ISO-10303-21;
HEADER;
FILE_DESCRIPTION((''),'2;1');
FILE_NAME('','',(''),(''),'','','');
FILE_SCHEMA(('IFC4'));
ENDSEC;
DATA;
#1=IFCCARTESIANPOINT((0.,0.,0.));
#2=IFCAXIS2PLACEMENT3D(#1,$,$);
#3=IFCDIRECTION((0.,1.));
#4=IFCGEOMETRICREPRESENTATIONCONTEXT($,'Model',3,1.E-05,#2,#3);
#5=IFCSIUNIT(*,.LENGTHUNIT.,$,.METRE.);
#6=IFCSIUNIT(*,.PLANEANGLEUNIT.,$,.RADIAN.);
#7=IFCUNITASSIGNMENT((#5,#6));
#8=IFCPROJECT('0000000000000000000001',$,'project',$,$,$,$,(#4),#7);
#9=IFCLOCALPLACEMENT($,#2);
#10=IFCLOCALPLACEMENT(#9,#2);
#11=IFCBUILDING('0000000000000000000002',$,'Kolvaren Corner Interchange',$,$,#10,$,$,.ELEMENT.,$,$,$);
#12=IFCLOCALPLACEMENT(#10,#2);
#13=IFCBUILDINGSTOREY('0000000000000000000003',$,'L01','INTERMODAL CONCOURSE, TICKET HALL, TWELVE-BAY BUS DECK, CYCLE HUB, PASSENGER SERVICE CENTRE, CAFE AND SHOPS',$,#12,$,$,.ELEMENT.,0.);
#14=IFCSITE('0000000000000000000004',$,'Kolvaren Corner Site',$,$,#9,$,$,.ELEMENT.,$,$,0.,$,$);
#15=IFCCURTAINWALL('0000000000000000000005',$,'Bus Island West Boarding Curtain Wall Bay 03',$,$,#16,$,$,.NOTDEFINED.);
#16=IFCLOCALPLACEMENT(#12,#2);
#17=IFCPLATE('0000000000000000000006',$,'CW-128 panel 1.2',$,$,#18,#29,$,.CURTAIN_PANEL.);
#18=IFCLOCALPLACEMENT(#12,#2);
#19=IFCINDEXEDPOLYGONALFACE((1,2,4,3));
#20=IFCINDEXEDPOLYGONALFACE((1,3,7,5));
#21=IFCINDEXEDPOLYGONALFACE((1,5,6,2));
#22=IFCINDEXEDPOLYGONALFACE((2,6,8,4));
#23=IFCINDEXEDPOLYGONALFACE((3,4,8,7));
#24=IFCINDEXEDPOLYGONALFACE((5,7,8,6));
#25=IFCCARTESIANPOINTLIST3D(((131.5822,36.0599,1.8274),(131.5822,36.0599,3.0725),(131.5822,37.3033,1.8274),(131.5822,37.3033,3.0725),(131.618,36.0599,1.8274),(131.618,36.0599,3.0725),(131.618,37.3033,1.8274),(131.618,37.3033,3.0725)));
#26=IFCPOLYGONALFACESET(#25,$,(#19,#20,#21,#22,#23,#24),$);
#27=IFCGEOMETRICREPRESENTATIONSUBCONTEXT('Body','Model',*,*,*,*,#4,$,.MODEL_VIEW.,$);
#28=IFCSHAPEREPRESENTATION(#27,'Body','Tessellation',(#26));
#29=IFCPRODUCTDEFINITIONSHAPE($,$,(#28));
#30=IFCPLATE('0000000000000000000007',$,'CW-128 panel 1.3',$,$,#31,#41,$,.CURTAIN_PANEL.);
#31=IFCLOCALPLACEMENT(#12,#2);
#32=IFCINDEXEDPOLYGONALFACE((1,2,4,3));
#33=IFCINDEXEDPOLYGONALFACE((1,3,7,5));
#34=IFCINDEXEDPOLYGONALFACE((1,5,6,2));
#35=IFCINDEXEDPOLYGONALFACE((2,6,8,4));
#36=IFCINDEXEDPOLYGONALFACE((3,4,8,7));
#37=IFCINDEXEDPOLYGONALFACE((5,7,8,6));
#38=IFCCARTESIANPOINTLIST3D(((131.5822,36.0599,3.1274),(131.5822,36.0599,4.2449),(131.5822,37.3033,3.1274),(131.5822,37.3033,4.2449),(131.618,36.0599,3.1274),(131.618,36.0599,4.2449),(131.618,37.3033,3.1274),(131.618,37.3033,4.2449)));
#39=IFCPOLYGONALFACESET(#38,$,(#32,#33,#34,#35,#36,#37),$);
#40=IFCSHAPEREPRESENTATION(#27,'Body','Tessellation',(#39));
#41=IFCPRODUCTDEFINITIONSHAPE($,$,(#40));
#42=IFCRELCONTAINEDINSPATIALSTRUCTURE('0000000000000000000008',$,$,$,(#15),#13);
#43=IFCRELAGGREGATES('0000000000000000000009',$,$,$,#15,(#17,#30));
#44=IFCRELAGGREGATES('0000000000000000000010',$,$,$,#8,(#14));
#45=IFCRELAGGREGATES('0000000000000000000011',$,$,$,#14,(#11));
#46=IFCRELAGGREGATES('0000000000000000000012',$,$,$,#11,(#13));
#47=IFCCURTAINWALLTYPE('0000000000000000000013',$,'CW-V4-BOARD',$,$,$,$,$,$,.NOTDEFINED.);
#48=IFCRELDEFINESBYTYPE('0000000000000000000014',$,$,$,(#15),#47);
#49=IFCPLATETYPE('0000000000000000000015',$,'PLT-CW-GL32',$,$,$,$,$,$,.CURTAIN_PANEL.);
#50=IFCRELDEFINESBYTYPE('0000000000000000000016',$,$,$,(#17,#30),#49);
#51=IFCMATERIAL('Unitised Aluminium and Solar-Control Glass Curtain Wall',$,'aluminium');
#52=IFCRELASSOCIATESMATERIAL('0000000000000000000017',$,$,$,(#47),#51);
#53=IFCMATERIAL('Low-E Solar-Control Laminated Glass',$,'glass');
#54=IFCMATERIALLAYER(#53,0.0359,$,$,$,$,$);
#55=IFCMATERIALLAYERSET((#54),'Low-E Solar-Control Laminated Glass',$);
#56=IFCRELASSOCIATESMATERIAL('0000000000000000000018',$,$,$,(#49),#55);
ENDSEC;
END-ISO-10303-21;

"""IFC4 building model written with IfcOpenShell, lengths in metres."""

from ifc_helpers import new_model, si_unit, direction, frame, origin, origin_2d, place, context, subcontext, project, spatial, rectangle, extrude, material, layer, layer_set, type_object, element, aggregate, save


model = new_model("IFC4")

# Units and contexts
model_context = context("Model", 3, precision=1e-05, world=origin(), true_north=direction((0.0, 1.0)))
body_context = subcontext(model_context, "Body", "Model", "MODEL_VIEW")
ifc_project = project(units=[si_unit("LENGTHUNIT", "METRE"), si_unit("PLANEANGLEUNIT", "RADIAN")], contexts=[model_context])

# Site, building, storey
site_placement = place(None, origin())
site = spatial("IfcSite", under=ifc_project, at=site_placement, Name="Kolvaren Corner Site", CompositionType="ELEMENT", RefElevation=0.0)
building_placement = place(site_placement, origin())
building = spatial("IfcBuilding", under=site, at=building_placement, Name="Kolvaren Corner Interchange", CompositionType="ELEMENT")
storey_placement = place(building_placement, origin())
storey = spatial("IfcBuildingStorey", under=building, at=storey_placement, Name="L01", Description="INTERMODAL CONCOURSE, TICKET HALL, TWELVE-BAY BUS DECK, CYCLE HUB, PASSENGER SERVICE CENTRE, CAFE AND SHOPS", CompositionType="ELEMENT", Elevation=0.0)

# Shared definitions
ifc_material_1 = material(Name="Unitised Aluminium and Solar-Control Glass Curtain Wall", Category="aluminium")
curtain_wall_type = type_object("IfcCurtainWallType", Name="CW-V4-BOARD", PredefinedType="NOTDEFINED", material=ifc_material_1)

# Curtain wall
curtain_wall_1_placement = place(storey_placement, origin())
curtain_wall_1 = element("IfcCurtainWall", 1, at=curtain_wall_1_placement, inside=storey, type_object=curtain_wall_type, Name="Bus Island West Boarding Curtain Wall Bay 03", PredefinedType="NOTDEFINED")

# Plates
ifc_material_2 = material(Name="Low-E Solar-Control Laminated Glass", Category="glass")
ifc_layer = layer(ifc_material_2, 0.0359)
ifc_layer_set = layer_set([ifc_layer], Name="Low-E Solar-Control Laminated Glass")
plate_type = type_object("IfcPlateType", Name="PLT-CW-GL32", PredefinedType="CURTAIN_PANEL", material=ifc_layer_set)
plate_1_placement = place(storey_placement, frame((131.6001, 36.6816, 1.8274), z_axis=(0.0, 0.0, 1.0), x_axis=(0.0, 1.0, 0.0)))
plate_1 = element("IfcPlate", 2, at=plate_1_placement, type_object=plate_type, Name="CW-128 panel 1.2", PredefinedType="CURTAIN_PANEL", context=body_context, shape_type="SweptSolid", body=[
    extrude(rectangle(XDim=1.2434, YDim=0.0359, at=origin_2d()), origin(), (0.0, 0.0, 1.0), 1.2451),
])
plate_2_placement = place(storey_placement, frame((131.6001, 36.6816, 3.1274), z_axis=(0.0, 0.0, 1.0), x_axis=(0.0, 1.0, 0.0)))
plate_2 = element("IfcPlate", 3, at=plate_2_placement, type_object=plate_type, Name="CW-128 panel 1.3", PredefinedType="CURTAIN_PANEL", context=body_context, shape_type="SweptSolid", body=[
    extrude(rectangle(XDim=1.2434, YDim=0.0359, at=origin_2d()), origin(), (0.0, 0.0, 1.0), 1.1174),
])
aggregate(curtain_wall_1, [plate_1, plate_2])

save(model, "model.ifc")
